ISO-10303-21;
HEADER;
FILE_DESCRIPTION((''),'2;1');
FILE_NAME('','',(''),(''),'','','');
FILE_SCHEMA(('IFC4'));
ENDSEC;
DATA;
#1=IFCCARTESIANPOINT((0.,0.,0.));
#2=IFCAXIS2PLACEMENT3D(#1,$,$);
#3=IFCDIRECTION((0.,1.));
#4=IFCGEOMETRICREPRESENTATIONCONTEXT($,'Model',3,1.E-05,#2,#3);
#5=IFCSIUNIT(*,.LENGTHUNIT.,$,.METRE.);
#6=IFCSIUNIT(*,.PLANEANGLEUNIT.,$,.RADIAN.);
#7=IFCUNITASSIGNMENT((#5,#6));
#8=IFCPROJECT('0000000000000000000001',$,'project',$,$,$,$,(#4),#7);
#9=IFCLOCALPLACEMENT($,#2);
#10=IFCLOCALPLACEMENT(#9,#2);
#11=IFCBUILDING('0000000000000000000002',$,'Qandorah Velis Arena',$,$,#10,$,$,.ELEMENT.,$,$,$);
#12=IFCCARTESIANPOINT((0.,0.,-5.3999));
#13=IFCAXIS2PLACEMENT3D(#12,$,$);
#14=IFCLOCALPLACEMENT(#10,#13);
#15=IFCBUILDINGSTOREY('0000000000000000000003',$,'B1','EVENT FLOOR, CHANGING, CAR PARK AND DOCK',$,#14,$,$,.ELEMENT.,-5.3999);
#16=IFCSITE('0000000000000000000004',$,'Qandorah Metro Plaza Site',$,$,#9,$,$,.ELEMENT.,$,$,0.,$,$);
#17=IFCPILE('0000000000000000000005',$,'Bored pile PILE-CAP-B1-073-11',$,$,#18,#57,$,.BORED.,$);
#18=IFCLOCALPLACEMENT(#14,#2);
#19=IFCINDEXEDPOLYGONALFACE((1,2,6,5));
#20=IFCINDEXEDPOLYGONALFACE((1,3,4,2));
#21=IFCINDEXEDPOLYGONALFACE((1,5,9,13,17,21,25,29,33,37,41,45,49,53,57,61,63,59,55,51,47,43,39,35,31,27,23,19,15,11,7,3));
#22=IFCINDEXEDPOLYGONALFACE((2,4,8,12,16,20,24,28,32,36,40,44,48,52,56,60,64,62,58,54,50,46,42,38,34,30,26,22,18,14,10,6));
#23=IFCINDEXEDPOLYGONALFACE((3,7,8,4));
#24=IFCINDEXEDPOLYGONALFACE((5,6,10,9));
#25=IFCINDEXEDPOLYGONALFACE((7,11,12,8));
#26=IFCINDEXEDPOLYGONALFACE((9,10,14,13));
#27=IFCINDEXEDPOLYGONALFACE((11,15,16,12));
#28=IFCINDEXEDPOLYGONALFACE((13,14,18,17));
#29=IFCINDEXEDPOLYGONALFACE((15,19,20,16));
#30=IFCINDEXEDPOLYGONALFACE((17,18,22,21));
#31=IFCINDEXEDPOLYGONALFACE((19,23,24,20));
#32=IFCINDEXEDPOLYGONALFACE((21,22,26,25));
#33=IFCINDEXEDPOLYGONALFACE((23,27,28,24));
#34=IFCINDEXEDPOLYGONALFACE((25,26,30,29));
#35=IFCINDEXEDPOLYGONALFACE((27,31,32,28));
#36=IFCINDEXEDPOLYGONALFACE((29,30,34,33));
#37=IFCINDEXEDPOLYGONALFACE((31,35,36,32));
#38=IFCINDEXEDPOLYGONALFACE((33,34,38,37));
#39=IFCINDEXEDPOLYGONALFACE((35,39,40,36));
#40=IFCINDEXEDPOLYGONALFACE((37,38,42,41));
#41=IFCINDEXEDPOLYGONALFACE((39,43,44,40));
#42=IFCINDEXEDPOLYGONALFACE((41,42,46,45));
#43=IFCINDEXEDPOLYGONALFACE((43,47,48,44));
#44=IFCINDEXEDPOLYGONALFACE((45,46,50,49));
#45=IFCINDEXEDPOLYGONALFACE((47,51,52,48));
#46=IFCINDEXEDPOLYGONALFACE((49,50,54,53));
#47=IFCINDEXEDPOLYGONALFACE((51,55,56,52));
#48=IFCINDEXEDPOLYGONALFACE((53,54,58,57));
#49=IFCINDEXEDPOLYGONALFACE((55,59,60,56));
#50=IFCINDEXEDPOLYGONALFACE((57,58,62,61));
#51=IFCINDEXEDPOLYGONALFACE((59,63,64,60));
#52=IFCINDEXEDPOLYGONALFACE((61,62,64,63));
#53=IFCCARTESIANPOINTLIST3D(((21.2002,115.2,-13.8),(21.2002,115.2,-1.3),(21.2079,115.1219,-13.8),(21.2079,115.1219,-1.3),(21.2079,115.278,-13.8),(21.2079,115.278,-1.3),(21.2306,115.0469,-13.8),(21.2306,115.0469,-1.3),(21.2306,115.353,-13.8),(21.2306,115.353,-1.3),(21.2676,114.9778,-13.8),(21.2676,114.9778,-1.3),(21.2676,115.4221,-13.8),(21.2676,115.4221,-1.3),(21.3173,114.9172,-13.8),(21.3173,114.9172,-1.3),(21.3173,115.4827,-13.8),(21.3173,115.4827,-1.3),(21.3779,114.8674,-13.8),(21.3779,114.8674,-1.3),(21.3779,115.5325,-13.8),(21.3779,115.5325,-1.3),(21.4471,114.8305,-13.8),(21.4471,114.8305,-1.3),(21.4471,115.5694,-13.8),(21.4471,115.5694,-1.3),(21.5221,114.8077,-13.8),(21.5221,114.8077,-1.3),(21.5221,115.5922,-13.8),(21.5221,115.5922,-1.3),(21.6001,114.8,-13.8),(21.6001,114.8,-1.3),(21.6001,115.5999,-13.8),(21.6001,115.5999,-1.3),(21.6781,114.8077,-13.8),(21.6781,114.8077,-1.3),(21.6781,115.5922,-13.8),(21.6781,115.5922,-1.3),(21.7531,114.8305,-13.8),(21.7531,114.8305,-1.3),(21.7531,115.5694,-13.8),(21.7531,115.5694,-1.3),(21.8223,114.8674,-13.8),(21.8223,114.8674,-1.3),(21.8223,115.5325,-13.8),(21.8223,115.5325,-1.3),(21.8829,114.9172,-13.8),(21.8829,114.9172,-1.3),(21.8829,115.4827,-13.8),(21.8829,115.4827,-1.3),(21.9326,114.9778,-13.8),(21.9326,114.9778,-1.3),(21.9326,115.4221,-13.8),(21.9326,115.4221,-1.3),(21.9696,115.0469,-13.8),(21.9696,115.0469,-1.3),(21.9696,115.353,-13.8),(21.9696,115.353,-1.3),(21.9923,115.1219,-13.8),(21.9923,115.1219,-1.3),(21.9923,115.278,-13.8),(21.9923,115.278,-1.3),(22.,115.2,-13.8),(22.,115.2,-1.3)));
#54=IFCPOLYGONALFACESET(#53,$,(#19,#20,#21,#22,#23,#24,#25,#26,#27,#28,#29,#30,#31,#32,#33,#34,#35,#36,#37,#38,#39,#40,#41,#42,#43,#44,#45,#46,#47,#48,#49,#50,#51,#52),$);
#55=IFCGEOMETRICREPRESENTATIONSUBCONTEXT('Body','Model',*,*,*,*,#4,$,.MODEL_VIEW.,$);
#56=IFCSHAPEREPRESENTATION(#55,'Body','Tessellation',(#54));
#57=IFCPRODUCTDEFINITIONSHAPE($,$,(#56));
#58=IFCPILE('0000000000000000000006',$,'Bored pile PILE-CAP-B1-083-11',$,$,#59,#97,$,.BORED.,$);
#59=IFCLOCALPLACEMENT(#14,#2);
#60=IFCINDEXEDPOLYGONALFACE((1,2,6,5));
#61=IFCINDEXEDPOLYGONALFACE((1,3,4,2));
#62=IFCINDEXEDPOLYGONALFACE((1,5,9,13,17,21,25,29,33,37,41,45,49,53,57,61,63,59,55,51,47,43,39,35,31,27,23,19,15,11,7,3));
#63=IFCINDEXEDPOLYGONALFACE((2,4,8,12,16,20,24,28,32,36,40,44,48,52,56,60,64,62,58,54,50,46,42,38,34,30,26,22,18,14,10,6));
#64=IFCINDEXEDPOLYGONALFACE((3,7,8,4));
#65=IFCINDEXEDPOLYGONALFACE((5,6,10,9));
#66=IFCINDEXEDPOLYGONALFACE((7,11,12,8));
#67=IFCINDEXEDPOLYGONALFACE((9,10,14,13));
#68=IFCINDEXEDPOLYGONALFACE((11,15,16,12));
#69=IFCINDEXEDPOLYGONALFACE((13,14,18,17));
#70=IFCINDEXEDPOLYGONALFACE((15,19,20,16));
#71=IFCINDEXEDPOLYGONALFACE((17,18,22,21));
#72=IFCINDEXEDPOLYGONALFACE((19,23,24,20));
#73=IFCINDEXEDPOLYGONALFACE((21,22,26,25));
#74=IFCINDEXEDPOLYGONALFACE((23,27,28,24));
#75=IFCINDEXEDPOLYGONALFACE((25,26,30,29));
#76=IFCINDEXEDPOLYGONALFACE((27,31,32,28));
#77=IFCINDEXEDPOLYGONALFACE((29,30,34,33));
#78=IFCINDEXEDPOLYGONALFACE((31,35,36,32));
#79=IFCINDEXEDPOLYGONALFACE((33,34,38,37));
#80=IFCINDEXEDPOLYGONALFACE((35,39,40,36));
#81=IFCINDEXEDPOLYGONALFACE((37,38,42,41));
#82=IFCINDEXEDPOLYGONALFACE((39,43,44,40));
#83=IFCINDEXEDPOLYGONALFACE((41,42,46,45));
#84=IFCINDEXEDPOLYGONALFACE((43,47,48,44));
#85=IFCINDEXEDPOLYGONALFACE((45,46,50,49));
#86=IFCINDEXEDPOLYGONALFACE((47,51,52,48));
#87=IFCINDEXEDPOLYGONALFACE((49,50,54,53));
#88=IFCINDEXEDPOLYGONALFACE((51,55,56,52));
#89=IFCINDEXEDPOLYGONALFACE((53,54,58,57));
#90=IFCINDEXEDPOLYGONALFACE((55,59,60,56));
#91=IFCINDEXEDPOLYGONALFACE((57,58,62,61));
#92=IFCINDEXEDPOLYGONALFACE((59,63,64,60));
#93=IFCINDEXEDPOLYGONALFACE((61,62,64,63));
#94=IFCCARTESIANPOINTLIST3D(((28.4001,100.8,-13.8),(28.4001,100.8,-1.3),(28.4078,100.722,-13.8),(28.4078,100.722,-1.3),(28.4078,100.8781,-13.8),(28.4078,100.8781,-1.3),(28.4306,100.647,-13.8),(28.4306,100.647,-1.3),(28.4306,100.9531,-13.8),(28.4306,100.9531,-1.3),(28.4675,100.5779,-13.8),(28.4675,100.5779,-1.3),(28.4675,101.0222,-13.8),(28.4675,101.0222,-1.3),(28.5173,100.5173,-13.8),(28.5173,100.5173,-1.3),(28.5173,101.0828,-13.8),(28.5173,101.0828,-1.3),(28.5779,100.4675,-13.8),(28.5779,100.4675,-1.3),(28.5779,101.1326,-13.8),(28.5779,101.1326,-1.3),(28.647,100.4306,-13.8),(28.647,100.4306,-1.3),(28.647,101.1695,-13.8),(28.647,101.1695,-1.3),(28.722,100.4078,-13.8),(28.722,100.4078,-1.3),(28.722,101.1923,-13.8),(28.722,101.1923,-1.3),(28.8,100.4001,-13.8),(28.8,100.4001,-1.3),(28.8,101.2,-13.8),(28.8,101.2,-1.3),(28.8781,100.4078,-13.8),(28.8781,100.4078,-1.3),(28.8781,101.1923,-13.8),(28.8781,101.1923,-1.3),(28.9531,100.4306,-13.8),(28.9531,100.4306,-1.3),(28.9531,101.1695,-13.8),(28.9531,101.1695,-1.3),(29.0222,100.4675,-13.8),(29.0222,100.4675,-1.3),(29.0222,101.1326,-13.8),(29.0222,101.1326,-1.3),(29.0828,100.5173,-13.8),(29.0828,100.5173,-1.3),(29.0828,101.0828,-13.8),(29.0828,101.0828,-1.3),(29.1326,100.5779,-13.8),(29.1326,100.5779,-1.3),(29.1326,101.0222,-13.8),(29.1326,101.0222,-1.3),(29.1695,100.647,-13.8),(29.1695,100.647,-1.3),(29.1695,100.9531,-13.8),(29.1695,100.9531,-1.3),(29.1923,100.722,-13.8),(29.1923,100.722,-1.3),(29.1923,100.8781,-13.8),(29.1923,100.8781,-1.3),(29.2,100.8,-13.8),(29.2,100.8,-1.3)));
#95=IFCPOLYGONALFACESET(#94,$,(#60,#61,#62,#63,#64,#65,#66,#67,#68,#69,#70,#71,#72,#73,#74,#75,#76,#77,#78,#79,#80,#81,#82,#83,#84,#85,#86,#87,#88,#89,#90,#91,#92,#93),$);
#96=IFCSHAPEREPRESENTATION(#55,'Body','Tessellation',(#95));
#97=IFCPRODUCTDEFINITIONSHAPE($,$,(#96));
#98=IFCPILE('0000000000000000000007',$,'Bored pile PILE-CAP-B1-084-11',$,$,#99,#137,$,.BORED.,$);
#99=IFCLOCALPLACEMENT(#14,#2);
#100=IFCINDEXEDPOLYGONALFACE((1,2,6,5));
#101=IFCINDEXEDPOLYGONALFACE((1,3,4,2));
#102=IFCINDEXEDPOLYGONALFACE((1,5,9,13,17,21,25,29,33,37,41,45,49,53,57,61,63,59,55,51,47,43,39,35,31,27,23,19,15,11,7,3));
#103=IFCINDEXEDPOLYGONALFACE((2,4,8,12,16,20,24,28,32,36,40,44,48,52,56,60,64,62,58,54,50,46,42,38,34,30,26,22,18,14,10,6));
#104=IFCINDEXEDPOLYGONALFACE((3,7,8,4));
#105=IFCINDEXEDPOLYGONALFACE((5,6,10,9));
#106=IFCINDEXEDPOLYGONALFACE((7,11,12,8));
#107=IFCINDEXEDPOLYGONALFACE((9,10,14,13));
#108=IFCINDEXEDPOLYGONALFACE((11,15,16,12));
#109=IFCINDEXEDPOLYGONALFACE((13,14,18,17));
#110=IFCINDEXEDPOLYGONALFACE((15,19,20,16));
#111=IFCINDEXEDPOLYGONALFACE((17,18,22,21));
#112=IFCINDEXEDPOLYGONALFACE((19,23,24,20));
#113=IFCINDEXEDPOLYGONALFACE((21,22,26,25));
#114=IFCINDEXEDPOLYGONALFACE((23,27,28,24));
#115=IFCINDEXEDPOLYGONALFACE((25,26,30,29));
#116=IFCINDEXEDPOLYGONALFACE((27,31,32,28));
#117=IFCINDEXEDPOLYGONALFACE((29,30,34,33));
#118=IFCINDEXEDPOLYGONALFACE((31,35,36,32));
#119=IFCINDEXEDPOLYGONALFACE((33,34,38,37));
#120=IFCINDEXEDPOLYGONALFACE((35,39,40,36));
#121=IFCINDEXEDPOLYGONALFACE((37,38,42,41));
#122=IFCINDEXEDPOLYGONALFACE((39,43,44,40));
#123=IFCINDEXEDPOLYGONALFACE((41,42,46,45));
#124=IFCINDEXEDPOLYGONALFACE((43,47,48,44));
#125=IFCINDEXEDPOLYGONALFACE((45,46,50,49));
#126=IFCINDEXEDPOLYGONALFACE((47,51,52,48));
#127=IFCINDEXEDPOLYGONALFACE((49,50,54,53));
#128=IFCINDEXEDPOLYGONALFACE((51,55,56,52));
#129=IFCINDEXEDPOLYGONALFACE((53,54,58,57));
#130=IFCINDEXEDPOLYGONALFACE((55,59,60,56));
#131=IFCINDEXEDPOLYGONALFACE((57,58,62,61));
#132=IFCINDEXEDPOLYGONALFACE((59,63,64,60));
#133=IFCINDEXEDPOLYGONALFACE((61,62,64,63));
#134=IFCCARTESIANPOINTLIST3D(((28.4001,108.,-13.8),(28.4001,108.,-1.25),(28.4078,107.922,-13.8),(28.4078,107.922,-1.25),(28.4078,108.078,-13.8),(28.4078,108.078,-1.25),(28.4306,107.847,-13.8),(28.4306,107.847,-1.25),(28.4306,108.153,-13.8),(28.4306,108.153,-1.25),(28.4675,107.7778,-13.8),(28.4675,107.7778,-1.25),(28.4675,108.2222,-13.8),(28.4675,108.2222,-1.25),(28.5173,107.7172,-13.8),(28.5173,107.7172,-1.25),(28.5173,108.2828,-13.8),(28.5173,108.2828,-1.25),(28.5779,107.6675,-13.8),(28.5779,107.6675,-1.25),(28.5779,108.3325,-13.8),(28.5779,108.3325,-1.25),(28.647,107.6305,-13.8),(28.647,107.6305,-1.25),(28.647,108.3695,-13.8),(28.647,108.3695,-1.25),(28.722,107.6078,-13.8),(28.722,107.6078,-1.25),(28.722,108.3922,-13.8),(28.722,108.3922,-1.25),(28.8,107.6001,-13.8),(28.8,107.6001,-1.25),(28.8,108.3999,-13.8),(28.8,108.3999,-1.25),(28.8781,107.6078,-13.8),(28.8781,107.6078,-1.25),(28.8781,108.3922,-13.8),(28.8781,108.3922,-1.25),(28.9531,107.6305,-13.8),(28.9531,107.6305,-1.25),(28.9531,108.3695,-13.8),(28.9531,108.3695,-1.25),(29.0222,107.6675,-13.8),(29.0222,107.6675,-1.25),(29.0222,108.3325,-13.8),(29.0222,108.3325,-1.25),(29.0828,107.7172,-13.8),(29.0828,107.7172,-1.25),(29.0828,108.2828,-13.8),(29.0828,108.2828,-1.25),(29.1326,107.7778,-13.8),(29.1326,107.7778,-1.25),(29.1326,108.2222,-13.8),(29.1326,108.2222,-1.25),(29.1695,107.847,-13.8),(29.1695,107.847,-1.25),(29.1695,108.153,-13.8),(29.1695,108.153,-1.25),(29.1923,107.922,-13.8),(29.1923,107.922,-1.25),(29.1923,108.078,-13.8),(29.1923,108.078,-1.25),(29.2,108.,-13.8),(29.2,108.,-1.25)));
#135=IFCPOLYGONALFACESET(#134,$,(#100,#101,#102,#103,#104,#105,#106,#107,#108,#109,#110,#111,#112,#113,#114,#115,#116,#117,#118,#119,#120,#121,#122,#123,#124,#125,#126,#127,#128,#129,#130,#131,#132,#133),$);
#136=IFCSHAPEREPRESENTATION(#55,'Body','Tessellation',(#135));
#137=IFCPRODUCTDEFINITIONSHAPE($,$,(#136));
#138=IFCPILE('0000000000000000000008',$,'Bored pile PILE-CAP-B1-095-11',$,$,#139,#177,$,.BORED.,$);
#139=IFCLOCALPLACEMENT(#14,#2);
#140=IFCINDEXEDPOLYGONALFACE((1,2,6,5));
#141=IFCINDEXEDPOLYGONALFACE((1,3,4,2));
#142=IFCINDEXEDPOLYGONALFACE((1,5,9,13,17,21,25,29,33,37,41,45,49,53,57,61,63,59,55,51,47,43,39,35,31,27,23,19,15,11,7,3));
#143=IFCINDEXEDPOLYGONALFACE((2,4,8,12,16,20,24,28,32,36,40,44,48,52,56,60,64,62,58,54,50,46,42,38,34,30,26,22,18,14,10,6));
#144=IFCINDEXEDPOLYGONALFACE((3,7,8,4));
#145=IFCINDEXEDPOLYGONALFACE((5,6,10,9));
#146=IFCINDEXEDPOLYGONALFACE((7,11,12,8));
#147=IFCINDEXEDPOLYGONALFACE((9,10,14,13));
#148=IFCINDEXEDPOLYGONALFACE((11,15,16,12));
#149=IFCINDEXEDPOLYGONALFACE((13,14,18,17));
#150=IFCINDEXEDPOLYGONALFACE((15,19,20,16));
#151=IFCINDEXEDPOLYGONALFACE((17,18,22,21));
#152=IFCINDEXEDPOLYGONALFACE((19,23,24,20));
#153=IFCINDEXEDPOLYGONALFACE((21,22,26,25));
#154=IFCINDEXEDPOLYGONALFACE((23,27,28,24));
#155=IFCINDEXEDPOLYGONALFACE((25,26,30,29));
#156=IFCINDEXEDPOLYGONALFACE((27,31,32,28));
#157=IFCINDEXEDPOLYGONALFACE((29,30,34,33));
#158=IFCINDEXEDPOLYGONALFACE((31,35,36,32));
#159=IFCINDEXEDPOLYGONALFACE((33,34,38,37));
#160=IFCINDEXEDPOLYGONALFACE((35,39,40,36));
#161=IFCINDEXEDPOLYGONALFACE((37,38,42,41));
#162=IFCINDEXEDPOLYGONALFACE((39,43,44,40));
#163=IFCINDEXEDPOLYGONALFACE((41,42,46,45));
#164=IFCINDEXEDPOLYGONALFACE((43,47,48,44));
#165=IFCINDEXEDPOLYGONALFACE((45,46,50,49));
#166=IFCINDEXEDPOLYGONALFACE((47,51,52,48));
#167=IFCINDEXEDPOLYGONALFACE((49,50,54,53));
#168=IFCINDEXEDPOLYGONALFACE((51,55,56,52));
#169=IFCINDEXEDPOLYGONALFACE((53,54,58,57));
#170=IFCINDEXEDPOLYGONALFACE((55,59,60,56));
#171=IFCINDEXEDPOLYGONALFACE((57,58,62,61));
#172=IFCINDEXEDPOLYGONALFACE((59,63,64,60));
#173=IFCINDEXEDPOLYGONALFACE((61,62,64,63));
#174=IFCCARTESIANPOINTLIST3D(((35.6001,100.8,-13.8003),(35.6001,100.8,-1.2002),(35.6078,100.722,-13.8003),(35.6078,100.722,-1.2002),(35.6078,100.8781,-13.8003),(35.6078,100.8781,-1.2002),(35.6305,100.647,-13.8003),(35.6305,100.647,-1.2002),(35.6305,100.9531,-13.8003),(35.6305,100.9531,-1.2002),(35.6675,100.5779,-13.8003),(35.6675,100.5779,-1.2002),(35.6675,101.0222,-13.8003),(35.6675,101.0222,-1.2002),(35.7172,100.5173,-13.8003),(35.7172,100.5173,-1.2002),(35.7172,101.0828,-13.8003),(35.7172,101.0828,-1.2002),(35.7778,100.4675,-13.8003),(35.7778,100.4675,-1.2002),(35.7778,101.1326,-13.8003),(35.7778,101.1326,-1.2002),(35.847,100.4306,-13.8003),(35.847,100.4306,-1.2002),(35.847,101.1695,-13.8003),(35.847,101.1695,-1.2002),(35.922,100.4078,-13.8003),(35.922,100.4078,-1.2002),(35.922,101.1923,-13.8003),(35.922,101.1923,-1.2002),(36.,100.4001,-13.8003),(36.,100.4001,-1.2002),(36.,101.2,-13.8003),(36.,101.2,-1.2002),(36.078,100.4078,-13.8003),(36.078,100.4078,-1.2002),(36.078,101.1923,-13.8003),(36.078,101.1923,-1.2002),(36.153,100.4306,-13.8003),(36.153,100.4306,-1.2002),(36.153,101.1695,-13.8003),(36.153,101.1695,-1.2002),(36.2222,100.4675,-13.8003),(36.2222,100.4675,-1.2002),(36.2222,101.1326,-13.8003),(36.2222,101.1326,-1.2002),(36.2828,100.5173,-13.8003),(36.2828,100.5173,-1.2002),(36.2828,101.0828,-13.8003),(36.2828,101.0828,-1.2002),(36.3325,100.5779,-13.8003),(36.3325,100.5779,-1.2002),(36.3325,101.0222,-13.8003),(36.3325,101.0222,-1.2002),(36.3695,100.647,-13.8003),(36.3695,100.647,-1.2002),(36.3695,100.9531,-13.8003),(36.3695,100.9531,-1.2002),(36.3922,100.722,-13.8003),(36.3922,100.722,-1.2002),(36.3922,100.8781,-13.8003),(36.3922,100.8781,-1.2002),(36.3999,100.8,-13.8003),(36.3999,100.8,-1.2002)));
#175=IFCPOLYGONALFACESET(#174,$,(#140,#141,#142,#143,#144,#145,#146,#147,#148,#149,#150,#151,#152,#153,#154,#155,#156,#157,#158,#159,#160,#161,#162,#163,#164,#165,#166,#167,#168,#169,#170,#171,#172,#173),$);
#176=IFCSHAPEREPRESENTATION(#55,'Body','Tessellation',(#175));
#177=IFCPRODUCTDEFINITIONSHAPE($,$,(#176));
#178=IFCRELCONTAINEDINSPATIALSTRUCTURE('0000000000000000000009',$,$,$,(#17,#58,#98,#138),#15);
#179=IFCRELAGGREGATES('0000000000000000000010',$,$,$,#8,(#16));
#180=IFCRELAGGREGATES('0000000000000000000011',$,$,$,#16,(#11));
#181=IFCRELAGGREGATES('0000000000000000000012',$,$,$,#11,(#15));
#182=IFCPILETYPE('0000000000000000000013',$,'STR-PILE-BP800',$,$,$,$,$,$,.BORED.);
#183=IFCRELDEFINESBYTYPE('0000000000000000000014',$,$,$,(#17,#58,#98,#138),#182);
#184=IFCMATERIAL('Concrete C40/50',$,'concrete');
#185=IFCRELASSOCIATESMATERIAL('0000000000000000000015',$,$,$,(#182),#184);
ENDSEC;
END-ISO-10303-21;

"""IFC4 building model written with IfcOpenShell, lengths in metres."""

from ifc_helpers import new_model, si_unit, direction, frame, origin, origin_2d, place, context, subcontext, project, spatial, circle, extrude, material, material_profile, profile_set, type_object, element, save


model = new_model("IFC4")

# Units and contexts
model_context = context("Model", 3, precision=1e-05, world=origin(), true_north=direction((0.0, 1.0)))
body_context = subcontext(model_context, "Body", "Model", "MODEL_VIEW")
ifc_project = project(units=[si_unit("LENGTHUNIT", "METRE"), si_unit("PLANEANGLEUNIT", "RADIAN")], contexts=[model_context])

# Site, building, storey
site_placement = place(None, origin())
site = spatial("IfcSite", under=ifc_project, at=site_placement, Name="Qandorah Metro Plaza Site", CompositionType="ELEMENT", RefElevation=0.0)
building_placement = place(site_placement, origin())
building = spatial("IfcBuilding", under=site, at=building_placement, Name="Qandorah Velis Arena", CompositionType="ELEMENT")
storey_placement = place(building_placement, frame((0.0, 0.0, -5.3999)))
storey = spatial("IfcBuildingStorey", under=building, at=storey_placement, Name="B1", Description="EVENT FLOOR, CHANGING, CAR PARK AND DOCK", CompositionType="ELEMENT", Elevation=-5.3999)

# Shared definitions
ifc_material = material(Name="Concrete C40/50", Category="concrete")

# Piles
ifc_material_profile_1 = material_profile(ifc_material, circle(Radius=0.3999, at=origin_2d()), Name="BORED PILE D800")
ifc_profile_set_1 = profile_set([ifc_material_profile_1], Name="Concrete C40/50")
pile_type_1 = type_object("IfcPileType", Name="STR-PILE-BP800", PredefinedType="BORED", material=ifc_profile_set_1)
for number, where, z_axis, x_axis, name in (
    (1, (21.6001, 115.2, -1.3), (0.0, 0.0, -1.0), (1.0, 0.0, 0.0), "Bored pile PILE-CAP-B1-073-11"),
    (2, (28.8, 100.8, -1.3), (0.0, 0.0, -1.0), (1.0, 0.0, 0.0), "Bored pile PILE-CAP-B1-083-11"),
):
    element("IfcPile", number, at=place(storey_placement, frame(where, z_axis=z_axis, x_axis=x_axis)), inside=storey, type_object=pile_type_1, Name=name, PredefinedType="BORED", context=body_context, shape_type="SweptSolid", body=[
        extrude(circle(Radius=0.3999, at=origin_2d()), origin(), (0.0, 0.0, 1.0), 12.5),
    ])
pile_1_placement = place(storey_placement, frame((28.8, 108.0, -1.25), z_axis=(0.0, 0.0, -1.0), x_axis=(1.0, 0.0, 0.0)))
element("IfcPile", 3, at=pile_1_placement, inside=storey, type_object=pile_type_1, Name="Bored pile PILE-CAP-B1-084-11", PredefinedType="BORED", context=body_context, shape_type="SweptSolid", body=[
    extrude(circle(Radius=0.3999, at=origin_2d()), origin(), (0.0, 0.0, 1.0), 12.55),
])
pile_2_placement = place(storey_placement, frame((36.0, 100.8, -1.2002), z_axis=(0.0, 0.0, -1.0), x_axis=(1.0, 0.0, 0.0)))
element("IfcPile", 4, at=pile_2_placement, inside=storey, type_object=pile_type_1, Name="Bored pile PILE-CAP-B1-095-11", PredefinedType="BORED", context=body_context, shape_type="SweptSolid", body=[
    extrude(circle(Radius=0.3999, at=origin_2d()), origin(), (0.0, 0.0, 1.0), 12.6001),
])

save(model, "model.ifc")
